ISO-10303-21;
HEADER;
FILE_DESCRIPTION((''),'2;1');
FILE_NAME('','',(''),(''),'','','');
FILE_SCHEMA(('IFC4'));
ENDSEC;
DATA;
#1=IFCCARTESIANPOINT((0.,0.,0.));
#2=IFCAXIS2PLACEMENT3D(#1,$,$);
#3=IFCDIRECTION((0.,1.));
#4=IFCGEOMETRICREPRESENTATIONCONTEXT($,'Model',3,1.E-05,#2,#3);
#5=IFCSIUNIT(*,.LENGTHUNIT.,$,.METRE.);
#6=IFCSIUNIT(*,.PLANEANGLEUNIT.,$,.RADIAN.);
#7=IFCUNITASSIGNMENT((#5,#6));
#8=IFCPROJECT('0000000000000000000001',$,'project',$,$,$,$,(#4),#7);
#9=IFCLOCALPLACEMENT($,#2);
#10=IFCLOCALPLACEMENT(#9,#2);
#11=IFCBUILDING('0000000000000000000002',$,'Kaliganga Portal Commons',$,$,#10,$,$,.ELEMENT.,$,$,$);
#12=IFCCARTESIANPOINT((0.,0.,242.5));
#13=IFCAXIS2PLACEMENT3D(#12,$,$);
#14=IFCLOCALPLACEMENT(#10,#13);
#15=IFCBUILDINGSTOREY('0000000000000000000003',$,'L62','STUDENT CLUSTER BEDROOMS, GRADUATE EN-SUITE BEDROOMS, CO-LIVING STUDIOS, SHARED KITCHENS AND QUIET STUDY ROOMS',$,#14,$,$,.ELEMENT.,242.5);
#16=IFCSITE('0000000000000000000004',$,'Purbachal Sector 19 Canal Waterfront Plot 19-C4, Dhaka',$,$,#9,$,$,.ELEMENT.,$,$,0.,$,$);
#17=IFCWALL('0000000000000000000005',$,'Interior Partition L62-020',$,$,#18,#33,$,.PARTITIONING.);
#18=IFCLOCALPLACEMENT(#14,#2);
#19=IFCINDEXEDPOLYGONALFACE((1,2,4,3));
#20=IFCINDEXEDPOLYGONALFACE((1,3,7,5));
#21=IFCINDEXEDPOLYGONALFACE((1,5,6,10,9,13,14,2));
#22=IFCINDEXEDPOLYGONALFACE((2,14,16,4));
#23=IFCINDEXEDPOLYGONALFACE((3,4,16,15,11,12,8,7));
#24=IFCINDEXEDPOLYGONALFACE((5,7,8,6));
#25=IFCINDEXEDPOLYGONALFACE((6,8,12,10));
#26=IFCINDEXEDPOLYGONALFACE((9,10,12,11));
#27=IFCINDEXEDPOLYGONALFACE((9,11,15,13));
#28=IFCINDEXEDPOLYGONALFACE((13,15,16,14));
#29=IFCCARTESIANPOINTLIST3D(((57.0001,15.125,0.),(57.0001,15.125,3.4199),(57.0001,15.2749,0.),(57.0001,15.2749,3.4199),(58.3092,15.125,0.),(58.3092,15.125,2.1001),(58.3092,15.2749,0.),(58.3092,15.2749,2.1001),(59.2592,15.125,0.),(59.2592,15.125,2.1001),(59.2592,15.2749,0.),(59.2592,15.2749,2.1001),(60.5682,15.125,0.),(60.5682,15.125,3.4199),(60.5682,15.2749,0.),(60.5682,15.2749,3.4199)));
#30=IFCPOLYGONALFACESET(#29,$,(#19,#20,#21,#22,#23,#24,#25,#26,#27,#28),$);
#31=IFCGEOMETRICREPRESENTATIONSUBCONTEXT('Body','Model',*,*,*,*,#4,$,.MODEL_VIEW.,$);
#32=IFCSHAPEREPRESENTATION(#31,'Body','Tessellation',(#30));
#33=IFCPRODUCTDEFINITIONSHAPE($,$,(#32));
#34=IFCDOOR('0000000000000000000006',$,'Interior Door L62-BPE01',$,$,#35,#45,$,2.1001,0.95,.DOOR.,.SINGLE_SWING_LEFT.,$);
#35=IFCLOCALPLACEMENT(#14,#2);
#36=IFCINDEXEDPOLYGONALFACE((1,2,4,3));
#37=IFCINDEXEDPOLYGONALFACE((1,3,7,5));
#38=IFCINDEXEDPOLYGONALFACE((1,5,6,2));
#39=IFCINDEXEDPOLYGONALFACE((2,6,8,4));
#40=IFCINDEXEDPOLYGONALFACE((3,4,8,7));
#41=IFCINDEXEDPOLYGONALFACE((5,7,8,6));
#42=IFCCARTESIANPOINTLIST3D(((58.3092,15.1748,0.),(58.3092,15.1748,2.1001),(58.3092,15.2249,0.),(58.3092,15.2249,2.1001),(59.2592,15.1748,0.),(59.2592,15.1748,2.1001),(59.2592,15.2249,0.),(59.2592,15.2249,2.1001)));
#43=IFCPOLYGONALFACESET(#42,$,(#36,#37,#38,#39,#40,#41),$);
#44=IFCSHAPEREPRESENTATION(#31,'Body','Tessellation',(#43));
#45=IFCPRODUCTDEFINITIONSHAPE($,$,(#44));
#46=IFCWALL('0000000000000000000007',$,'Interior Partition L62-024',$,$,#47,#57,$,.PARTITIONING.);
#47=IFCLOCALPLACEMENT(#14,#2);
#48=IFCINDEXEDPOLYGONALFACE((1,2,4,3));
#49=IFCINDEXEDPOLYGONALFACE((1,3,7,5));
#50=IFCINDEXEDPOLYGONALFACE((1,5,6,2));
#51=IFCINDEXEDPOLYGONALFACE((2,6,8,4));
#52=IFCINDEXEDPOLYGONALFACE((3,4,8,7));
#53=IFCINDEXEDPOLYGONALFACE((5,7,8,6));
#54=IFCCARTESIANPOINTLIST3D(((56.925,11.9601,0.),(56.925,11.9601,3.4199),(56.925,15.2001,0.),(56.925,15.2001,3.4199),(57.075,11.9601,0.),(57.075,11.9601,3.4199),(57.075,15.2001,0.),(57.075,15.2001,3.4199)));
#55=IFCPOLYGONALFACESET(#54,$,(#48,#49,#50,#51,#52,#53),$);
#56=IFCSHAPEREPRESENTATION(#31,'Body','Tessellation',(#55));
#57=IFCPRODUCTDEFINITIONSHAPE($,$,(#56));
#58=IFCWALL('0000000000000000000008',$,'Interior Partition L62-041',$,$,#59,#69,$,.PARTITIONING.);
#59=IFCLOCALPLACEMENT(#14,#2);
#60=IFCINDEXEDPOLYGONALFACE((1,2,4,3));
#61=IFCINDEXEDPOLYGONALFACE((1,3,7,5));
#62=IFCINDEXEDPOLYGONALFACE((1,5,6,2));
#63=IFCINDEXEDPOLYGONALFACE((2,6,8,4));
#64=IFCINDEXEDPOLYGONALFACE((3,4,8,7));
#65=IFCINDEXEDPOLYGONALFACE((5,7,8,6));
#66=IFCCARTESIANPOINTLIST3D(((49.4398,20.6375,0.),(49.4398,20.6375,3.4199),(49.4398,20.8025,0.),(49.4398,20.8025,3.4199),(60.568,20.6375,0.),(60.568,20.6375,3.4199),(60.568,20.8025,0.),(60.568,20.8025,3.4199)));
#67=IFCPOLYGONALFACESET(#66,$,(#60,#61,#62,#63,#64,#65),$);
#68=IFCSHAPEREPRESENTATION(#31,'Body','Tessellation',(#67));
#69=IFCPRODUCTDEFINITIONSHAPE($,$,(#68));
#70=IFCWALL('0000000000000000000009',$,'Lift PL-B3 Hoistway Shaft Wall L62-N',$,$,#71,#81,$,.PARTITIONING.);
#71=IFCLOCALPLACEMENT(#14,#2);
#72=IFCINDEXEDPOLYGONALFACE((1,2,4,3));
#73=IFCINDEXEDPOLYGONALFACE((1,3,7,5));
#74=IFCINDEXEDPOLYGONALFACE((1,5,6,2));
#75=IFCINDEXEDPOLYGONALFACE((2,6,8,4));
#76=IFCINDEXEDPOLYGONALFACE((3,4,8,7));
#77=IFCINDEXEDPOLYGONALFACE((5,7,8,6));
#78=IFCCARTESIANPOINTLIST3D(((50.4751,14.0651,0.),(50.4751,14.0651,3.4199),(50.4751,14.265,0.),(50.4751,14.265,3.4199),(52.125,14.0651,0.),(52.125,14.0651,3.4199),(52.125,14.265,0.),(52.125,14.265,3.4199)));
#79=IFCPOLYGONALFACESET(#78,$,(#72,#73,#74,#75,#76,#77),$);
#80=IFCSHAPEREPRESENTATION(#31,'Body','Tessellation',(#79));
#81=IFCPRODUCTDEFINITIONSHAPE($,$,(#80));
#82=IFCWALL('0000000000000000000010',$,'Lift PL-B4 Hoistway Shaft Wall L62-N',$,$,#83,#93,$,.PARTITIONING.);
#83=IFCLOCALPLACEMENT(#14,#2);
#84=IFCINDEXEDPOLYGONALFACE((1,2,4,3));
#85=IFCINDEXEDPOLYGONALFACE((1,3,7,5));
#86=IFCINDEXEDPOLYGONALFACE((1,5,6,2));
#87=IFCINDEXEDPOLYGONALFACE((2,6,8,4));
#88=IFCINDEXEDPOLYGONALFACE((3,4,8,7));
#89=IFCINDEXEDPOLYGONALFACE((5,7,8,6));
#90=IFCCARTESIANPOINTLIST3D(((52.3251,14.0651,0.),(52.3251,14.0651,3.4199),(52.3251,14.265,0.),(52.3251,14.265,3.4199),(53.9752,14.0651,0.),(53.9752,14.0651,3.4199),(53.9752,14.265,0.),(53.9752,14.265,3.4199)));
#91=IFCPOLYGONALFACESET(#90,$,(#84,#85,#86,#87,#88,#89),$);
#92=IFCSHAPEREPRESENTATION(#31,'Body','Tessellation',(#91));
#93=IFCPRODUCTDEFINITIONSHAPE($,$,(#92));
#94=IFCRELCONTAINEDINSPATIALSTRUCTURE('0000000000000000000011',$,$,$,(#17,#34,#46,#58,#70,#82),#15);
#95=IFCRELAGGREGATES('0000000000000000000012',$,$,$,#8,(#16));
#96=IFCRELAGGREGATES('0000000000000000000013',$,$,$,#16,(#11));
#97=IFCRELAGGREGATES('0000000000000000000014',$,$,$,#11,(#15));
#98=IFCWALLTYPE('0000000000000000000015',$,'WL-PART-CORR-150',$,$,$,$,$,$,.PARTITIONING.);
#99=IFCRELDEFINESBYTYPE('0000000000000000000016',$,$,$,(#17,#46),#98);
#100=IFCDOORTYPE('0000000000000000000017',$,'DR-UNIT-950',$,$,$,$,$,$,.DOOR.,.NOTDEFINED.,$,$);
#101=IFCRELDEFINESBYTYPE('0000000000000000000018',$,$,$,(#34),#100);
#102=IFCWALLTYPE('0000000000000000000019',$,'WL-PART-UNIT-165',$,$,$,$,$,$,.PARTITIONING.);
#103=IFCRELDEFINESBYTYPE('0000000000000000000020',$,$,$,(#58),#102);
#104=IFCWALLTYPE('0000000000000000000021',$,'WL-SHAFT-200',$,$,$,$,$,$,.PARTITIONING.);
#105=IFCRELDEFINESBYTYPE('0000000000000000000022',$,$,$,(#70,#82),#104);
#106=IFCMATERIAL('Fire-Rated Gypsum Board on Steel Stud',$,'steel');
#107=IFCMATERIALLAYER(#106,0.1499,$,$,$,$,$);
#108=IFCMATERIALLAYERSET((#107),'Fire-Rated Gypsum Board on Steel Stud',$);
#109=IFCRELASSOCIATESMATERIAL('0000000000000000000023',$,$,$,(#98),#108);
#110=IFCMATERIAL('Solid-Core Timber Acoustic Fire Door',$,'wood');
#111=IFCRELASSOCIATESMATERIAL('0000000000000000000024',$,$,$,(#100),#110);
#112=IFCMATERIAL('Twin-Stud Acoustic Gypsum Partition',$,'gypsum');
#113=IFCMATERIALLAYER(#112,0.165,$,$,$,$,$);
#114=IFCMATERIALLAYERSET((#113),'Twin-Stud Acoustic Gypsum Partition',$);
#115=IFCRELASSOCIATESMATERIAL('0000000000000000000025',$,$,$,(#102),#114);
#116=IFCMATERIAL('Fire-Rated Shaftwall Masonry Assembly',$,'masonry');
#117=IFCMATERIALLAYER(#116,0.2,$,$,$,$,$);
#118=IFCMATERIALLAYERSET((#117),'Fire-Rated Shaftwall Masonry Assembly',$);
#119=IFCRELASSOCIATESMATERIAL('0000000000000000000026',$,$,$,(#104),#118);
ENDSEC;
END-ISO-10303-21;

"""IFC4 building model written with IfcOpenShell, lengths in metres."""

from ifc_helpers import new_model, si_unit, direction, frame, frame_2d, origin, place, context, subcontext, project, spatial, rectangle, extrude, material, layer, layer_set, type_object, element, fill, save


model = new_model("IFC4")

# Units and contexts
model_context = context("Model", 3, precision=1e-05, world=origin(), true_north=direction((0.0, 1.0)))
body_context = subcontext(model_context, "Body", "Model", "MODEL_VIEW")
ifc_project = project(units=[si_unit("LENGTHUNIT", "METRE"), si_unit("PLANEANGLEUNIT", "RADIAN")], contexts=[model_context])

# Site, building, storey
site_placement = place(None, origin())
site = spatial("IfcSite", under=ifc_project, at=site_placement, Name="Purbachal Sector 19 Canal Waterfront Plot 19-C4, Dhaka", CompositionType="ELEMENT", RefElevation=0.0)
building_placement = place(site_placement, origin())
building = spatial("IfcBuilding", under=site, at=building_placement, Name="Kaliganga Portal Commons", CompositionType="ELEMENT")
storey_placement = place(building_placement, frame((0.0, 0.0, 242.5)))
storey = spatial("IfcBuildingStorey", under=building, at=storey_placement, Name="L62", Description="STUDENT CLUSTER BEDROOMS, GRADUATE EN-SUITE BEDROOMS, CO-LIVING STUDIOS, SHARED KITCHENS AND QUIET STUDY ROOMS", CompositionType="ELEMENT", Elevation=242.5)

# Shared definitions
ifc_material_1 = material(Name="Fire-Rated Gypsum Board on Steel Stud", Category="steel")
ifc_layer_1 = layer(ifc_material_1, 0.1499)
ifc_layer_set_1 = layer_set([ifc_layer_1], Name="Fire-Rated Gypsum Board on Steel Stud")
wall_type_1 = type_object("IfcWallType", Name="WL-PART-CORR-150", PredefinedType="PARTITIONING", material=ifc_layer_set_1)
ifc_material_2 = material(Name="Solid-Core Timber Acoustic Fire Door", Category="wood")
door_type = type_object("IfcDoorType", Name="DR-UNIT-950", OperationType="NOTDEFINED", PredefinedType="DOOR", material=ifc_material_2)

# Wall, opening, door
wall_1_placement = place(storey_placement, frame((57.0, 15.2, 0.0), z_axis=(0.0, 0.0, 1.0), x_axis=(1.0, 0.0, 0.0)))
wall_1 = element("IfcWall", 1, at=wall_1_placement, inside=storey, type_object=wall_type_1, Name="Interior Partition L62-020", PredefinedType="PARTITIONING", context=body_context, shape_type="SweptSolid", body=[
    extrude(rectangle(XDim=3.5681, YDim=0.1499, at=frame_2d((1.7842, 0.0))), origin(), (0.0, 0.0, 1.0), 3.4199),
])
opening_1_placement = place(wall_1_placement, frame((1.3091, 0.0, 0.0)))
opening_1 = element("IfcOpeningElement", 2, at=opening_1_placement, cuts=wall_1, PredefinedType="OPENING", context=body_context, shape_type="SweptSolid", body=[
    extrude(rectangle(XDim=0.95, YDim=2.1001, at=frame_2d((0.4751, 1.05))), frame((0.0, 0.085, 0.0), z_axis=(0.0, -1.0, 0.0), x_axis=(1.0, 0.0, 0.0)), (0.0, 0.0, 1.0), 0.1699),
])
door_1_placement = place(opening_1_placement, origin())
door_1 = element("IfcDoor", 3, at=door_1_placement, inside=storey, type_object=door_type, Name="Interior Door L62-BPE01", OperationType="SINGLE_SWING_LEFT", OverallHeight=2.1001, OverallWidth=0.95, PredefinedType="DOOR", context=body_context, shape_type="SweptSolid", body=[
    extrude(rectangle(XDim=0.95, YDim=2.1001, at=frame_2d((0.4751, 1.05))), frame((0.0, 0.0249, 0.0), z_axis=(0.0, -1.0, 0.0), x_axis=(1.0, 0.0, 0.0)), (0.0, 0.0, 1.0), 0.05),
])
fill(opening_1, door_1)

# Walls
wall_2_placement = place(storey_placement, frame((57.0, 11.96, 0.0), z_axis=(0.0, 0.0, 1.0), x_axis=(0.0, 1.0, 0.0)))
element("IfcWall", 4, at=wall_2_placement, inside=storey, type_object=wall_type_1, Name="Interior Partition L62-024", PredefinedType="PARTITIONING", context=body_context, shape_type="SweptSolid", body=[
    extrude(rectangle(XDim=3.24, YDim=0.1499, at=frame_2d((1.6201, 0.0))), origin(), (0.0, 0.0, 1.0), 3.4199),
])
ifc_material_3 = material(Name="Twin-Stud Acoustic Gypsum Partition", Category="gypsum")
ifc_layer_2 = layer(ifc_material_3, 0.165)
ifc_layer_set_2 = layer_set([ifc_layer_2], Name="Twin-Stud Acoustic Gypsum Partition")
wall_type_2 = type_object("IfcWallType", Name="WL-PART-UNIT-165", PredefinedType="PARTITIONING", material=ifc_layer_set_2)
wall_3_placement = place(storey_placement, frame((49.4399, 20.72, 0.0), z_axis=(0.0, 0.0, 1.0), x_axis=(1.0, 0.0, 0.0)))
element("IfcWall", 5, at=wall_3_placement, inside=storey, type_object=wall_type_2, Name="Interior Partition L62-041", PredefinedType="PARTITIONING", context=body_context, shape_type="SweptSolid", body=[
    extrude(rectangle(XDim=11.1282, YDim=0.165, at=frame_2d((5.564, 0.0))), origin(), (0.0, 0.0, 1.0), 3.4199),
])
ifc_material_4 = material(Name="Fire-Rated Shaftwall Masonry Assembly", Category="masonry")
ifc_layer_3 = layer(ifc_material_4, 0.2)
ifc_layer_set_3 = layer_set([ifc_layer_3], Name="Fire-Rated Shaftwall Masonry Assembly")
wall_type_3 = type_object("IfcWallType", Name="WL-SHAFT-200", PredefinedType="PARTITIONING", material=ifc_layer_set_3)
wall_4_placement = place(storey_placement, frame((50.4751, 14.165, 0.0), z_axis=(0.0, 0.0, 1.0), x_axis=(1.0, 0.0, 0.0)))
element("IfcWall", 6, at=wall_4_placement, inside=storey, type_object=wall_type_3, Name="Lift PL-B3 Hoistway Shaft Wall L62-N", PredefinedType="PARTITIONING", context=body_context, shape_type="SweptSolid", body=[
    extrude(rectangle(XDim=1.6499, YDim=0.2, at=frame_2d((0.825, 0.0))), origin(), (0.0, 0.0, 1.0), 3.4199),
])
wall_5_placement = place(storey_placement, frame((52.325, 14.165, 0.0), z_axis=(0.0, 0.0, 1.0), x_axis=(1.0, 0.0, 0.0)))
element("IfcWall", 7, at=wall_5_placement, inside=storey, type_object=wall_type_3, Name="Lift PL-B4 Hoistway Shaft Wall L62-N", PredefinedType="PARTITIONING", context=body_context, shape_type="SweptSolid", body=[
    extrude(rectangle(XDim=1.6501, YDim=0.2, at=frame_2d((0.8252, 0.0))), origin(), (0.0, 0.0, 1.0), 3.4199),
])

save(model, "model.ifc")
